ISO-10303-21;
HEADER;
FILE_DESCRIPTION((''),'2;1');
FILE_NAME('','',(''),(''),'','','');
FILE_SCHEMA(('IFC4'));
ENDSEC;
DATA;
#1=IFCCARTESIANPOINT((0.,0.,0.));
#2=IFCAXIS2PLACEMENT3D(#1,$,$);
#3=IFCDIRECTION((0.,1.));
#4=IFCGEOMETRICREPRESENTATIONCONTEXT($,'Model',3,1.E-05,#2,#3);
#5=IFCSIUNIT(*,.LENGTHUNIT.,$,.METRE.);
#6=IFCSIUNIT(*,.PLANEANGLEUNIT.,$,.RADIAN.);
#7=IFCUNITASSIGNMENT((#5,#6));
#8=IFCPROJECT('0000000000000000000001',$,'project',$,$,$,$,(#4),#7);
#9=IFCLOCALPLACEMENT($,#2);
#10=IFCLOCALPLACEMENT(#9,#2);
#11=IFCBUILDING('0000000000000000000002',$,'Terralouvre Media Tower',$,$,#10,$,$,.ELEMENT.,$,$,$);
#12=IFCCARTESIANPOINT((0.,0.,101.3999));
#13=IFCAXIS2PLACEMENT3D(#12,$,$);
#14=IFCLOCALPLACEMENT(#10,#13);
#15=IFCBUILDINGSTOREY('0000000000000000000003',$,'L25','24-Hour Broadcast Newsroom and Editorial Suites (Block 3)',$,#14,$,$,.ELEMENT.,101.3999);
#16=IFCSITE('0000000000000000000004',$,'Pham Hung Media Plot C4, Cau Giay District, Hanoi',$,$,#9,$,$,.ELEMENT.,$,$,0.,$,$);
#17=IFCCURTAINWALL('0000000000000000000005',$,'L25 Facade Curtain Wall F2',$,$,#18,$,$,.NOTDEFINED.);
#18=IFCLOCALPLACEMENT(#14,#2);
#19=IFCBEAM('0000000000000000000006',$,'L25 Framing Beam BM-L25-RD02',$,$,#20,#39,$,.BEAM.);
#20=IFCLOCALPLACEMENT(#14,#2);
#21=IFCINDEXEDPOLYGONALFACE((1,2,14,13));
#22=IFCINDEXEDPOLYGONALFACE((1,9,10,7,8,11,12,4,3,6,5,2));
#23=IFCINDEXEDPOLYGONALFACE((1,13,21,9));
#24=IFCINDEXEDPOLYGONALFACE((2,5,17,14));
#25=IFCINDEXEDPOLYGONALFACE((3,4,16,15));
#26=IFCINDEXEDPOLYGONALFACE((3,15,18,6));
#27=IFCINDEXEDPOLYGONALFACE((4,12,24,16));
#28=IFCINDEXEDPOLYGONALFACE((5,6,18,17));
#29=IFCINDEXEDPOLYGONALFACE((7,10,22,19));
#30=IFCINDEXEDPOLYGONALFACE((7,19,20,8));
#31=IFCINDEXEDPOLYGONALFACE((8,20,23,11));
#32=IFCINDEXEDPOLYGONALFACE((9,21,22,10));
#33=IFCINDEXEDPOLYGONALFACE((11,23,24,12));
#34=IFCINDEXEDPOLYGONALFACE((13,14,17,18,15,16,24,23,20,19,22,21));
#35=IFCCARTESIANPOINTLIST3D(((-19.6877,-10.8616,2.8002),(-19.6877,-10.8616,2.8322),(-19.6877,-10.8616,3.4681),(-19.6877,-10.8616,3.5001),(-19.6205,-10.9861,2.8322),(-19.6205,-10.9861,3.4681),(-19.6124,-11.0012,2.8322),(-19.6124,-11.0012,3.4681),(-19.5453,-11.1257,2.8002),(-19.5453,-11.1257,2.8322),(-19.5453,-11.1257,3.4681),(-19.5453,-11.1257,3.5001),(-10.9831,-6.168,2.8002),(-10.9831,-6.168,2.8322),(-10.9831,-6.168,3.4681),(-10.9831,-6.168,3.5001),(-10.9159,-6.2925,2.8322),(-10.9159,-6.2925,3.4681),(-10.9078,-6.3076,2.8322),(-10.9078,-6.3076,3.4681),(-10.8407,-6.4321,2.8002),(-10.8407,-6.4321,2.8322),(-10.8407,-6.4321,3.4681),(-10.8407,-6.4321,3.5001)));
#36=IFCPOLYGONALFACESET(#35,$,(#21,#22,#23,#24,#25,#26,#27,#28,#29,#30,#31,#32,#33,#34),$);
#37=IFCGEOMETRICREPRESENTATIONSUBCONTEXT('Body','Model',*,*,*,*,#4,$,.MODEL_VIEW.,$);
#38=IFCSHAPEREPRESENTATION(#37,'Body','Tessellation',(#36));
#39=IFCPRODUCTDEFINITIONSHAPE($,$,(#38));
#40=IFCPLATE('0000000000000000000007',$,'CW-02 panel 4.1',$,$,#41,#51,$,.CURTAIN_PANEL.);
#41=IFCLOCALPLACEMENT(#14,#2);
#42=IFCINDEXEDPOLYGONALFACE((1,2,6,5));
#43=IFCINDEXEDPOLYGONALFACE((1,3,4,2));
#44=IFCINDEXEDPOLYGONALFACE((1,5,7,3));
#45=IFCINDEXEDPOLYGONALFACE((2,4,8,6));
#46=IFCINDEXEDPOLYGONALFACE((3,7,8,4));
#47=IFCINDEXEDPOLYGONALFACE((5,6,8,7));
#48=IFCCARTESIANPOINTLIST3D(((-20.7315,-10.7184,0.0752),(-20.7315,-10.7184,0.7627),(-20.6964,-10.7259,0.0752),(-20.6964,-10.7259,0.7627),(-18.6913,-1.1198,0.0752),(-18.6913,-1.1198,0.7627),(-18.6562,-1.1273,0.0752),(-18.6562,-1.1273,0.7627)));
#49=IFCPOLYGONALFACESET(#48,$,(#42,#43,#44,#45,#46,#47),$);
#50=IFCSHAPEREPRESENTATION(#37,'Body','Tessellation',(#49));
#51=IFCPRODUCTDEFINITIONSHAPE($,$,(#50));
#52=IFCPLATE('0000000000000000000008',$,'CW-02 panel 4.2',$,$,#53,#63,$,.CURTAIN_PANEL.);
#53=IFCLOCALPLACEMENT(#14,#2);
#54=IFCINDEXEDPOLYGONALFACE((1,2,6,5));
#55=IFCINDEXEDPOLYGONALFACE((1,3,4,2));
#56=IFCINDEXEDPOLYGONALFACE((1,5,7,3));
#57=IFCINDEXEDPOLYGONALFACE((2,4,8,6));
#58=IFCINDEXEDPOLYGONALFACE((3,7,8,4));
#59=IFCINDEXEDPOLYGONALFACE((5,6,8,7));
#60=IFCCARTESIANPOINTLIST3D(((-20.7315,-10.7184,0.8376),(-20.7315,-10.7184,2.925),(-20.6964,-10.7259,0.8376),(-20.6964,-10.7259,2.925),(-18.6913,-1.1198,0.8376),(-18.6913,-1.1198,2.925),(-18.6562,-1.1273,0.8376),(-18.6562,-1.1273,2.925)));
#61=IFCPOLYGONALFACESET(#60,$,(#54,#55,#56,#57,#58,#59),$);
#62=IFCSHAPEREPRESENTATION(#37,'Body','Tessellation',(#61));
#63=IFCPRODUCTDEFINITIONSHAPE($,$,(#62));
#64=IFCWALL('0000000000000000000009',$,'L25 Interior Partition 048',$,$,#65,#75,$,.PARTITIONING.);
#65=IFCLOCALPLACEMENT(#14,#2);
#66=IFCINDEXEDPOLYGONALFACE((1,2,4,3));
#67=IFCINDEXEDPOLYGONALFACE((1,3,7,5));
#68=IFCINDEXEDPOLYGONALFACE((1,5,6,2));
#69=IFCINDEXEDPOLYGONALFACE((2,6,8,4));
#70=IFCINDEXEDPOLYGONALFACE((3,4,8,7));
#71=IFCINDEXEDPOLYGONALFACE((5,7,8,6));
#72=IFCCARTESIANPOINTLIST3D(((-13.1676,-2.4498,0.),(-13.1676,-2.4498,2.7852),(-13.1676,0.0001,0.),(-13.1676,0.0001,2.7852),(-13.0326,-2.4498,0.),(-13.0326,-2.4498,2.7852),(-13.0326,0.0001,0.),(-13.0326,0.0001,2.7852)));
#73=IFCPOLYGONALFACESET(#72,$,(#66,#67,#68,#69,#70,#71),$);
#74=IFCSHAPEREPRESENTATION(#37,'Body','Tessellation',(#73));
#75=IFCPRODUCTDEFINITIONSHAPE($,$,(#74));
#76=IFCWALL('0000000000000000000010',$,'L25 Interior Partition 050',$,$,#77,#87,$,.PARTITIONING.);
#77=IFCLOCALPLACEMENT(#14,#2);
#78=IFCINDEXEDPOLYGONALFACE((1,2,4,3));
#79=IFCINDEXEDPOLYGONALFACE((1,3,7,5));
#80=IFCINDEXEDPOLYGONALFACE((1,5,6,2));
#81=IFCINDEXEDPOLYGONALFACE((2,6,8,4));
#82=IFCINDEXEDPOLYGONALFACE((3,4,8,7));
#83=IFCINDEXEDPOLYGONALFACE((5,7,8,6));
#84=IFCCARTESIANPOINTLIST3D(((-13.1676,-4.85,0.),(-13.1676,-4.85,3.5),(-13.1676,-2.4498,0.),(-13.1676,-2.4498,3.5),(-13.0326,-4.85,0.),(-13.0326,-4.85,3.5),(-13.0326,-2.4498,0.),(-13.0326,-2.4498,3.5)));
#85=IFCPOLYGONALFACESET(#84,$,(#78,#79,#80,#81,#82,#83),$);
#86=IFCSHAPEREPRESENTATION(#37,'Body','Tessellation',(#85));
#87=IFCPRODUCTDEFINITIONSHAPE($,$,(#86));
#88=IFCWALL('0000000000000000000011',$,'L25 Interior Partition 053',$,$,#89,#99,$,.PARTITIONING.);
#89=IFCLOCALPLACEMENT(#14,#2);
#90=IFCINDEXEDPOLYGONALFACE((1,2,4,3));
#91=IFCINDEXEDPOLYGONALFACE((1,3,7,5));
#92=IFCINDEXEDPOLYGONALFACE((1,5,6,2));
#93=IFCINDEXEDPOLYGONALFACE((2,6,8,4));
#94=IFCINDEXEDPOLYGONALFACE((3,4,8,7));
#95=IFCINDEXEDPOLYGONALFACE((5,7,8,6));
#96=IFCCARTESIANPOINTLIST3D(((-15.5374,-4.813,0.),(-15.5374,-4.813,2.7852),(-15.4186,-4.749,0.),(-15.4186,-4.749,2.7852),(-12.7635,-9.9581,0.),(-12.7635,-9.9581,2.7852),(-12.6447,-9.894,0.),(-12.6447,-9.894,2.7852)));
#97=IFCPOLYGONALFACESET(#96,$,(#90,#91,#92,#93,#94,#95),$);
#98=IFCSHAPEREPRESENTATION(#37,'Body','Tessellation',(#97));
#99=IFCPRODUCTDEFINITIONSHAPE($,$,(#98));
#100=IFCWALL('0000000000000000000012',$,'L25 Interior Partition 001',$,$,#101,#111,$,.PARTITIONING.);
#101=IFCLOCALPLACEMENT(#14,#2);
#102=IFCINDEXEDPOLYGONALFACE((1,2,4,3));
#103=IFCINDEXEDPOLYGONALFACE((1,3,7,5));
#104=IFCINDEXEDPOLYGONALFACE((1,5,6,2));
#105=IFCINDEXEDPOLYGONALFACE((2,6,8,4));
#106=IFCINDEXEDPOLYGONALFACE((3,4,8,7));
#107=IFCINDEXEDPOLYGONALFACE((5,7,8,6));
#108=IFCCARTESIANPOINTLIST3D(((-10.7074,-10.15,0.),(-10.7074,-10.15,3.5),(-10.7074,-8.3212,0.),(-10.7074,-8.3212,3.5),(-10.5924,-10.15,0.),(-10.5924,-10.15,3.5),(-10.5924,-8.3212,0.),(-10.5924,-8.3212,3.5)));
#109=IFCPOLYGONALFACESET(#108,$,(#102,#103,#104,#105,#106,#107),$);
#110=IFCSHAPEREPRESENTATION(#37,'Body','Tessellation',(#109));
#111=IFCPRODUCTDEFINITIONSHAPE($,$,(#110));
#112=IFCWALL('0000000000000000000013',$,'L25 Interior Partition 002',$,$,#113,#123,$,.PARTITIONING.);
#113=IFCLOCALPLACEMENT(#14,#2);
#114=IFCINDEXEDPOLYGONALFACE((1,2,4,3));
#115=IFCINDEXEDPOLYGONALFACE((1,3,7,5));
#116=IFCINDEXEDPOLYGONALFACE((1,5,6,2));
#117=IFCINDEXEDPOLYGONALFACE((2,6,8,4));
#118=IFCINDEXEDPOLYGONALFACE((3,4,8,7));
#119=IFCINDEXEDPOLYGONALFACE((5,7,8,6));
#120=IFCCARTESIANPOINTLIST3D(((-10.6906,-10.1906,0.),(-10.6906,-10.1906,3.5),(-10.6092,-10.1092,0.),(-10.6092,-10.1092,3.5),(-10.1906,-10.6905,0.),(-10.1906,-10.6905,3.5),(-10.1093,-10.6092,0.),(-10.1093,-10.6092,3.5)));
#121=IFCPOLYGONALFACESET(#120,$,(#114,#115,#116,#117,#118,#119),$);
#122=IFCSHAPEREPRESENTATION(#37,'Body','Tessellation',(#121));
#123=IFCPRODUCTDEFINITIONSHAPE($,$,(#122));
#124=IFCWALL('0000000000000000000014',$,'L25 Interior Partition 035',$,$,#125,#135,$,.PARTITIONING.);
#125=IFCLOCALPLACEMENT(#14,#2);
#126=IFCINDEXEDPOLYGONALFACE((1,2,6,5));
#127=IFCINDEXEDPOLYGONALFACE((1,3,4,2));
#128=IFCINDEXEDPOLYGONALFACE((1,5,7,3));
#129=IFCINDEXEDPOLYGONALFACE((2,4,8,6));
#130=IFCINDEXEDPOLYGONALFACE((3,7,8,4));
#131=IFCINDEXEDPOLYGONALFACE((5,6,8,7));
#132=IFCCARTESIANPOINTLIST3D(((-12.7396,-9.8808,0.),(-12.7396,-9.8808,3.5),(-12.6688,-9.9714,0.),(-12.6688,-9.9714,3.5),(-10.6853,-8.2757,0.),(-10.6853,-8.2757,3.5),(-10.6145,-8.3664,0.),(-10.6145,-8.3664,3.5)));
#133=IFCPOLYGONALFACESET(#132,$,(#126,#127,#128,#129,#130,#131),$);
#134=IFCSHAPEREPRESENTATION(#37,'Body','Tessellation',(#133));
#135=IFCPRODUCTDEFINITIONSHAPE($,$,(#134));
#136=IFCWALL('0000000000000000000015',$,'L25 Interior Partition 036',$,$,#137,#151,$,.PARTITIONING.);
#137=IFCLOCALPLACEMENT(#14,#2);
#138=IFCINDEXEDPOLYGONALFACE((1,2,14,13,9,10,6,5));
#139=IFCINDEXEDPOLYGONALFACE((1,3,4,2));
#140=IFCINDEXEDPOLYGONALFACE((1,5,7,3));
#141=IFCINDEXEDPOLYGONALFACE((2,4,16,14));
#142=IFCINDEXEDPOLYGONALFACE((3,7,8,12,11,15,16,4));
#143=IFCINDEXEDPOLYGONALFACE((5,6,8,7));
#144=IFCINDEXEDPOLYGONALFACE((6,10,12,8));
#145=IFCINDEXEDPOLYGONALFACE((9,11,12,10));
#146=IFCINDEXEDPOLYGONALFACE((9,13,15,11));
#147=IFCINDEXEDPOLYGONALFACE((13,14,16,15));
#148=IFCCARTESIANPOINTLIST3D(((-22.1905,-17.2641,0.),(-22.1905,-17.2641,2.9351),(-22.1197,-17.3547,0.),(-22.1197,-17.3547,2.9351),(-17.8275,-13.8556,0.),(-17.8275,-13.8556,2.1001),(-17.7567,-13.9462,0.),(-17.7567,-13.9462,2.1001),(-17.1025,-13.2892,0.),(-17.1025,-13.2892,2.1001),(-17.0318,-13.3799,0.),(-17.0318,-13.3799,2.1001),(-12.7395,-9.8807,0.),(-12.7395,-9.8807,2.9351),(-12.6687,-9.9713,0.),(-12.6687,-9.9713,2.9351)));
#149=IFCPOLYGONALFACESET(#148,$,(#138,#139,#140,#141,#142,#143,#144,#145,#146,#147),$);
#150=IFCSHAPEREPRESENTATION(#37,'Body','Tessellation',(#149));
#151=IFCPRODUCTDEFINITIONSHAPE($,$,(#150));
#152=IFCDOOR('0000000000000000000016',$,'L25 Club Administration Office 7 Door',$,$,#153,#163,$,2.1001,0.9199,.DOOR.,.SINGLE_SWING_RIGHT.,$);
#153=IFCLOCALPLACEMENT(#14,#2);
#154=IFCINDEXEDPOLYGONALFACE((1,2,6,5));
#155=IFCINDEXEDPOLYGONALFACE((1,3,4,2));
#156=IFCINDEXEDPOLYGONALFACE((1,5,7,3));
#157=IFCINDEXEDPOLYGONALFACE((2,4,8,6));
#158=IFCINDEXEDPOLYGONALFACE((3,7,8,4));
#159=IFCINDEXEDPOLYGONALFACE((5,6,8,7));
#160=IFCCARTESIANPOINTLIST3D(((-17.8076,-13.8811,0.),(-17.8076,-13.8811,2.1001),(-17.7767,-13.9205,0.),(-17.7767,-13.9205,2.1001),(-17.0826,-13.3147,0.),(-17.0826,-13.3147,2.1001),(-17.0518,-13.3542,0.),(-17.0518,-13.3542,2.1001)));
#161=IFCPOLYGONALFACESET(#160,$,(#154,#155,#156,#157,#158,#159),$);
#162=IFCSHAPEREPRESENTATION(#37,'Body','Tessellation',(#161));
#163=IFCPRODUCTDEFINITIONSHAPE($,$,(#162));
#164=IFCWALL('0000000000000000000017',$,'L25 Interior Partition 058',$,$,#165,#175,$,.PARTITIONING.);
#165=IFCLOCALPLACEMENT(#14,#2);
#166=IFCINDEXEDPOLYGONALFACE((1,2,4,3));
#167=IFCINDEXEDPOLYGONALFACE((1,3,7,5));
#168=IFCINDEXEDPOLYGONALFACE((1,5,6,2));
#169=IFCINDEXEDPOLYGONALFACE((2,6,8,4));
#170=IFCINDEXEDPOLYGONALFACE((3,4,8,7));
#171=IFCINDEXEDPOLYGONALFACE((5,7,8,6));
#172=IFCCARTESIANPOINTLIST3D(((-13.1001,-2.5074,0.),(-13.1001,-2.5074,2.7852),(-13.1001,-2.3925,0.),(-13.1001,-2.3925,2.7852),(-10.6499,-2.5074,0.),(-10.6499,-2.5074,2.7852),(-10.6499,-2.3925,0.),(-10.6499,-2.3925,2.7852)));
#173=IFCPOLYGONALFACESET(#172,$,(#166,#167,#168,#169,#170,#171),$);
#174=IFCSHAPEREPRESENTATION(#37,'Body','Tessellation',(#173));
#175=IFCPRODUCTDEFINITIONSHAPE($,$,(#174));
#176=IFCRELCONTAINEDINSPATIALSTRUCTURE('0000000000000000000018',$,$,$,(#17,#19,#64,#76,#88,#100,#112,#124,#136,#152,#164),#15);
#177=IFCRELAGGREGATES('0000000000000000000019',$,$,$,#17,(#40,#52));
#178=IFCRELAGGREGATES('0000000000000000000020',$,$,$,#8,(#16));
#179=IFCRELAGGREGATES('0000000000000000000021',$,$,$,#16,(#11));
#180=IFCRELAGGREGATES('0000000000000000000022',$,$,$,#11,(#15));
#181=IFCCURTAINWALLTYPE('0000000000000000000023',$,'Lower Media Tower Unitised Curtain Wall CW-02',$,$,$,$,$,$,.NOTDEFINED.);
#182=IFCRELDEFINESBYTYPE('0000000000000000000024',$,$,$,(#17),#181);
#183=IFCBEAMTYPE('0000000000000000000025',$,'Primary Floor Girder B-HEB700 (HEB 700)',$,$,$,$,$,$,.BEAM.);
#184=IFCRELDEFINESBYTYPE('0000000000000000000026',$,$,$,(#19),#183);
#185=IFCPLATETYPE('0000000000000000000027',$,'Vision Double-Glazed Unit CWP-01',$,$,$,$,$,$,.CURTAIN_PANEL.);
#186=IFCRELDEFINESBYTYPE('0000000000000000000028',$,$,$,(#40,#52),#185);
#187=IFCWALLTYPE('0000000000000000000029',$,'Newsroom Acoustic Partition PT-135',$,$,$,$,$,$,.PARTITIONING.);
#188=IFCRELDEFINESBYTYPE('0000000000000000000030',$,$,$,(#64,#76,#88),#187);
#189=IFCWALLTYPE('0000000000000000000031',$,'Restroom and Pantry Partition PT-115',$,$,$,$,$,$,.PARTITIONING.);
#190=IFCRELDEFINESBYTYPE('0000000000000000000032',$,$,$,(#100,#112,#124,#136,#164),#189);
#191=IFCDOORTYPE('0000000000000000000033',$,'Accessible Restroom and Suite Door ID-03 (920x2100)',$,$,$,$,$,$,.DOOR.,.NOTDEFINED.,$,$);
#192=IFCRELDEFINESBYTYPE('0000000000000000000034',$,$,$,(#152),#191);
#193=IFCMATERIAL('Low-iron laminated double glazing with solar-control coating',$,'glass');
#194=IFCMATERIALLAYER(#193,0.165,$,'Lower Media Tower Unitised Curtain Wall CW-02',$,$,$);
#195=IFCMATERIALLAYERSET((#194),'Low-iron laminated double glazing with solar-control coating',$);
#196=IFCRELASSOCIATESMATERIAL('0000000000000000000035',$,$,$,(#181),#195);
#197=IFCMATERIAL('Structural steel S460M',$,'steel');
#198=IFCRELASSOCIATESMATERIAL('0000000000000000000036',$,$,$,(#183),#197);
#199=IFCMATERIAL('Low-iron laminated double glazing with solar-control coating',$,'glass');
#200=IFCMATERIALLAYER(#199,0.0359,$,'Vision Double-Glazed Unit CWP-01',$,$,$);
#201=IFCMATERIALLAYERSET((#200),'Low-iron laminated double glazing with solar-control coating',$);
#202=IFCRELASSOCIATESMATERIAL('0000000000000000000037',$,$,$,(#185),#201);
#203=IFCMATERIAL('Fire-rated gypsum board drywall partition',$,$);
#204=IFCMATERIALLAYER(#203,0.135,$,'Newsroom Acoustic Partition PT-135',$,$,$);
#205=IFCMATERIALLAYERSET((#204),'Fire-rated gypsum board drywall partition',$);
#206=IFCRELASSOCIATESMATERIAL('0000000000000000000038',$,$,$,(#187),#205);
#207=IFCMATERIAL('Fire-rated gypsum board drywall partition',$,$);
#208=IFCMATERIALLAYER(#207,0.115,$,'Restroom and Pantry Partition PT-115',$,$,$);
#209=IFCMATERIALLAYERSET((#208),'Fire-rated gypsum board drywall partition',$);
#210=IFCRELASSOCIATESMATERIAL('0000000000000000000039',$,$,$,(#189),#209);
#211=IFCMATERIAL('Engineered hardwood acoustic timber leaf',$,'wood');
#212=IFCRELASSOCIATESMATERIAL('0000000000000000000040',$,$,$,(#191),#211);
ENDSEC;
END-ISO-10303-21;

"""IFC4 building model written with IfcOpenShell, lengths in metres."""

from ifc_helpers import new_model, si_unit, direction, frame, frame_2d, origin, origin_2d, place, context, subcontext, project, spatial, rectangle, i_section, extrude, material, layer, layer_set, material_profile, profile_set, type_object, element, fill, aggregate, save


model = new_model("IFC4")

# Units and contexts
model_context = context("Model", 3, precision=1e-05, world=origin(), true_north=direction((0.0, 1.0)))
body_context = subcontext(model_context, "Body", "Model", "MODEL_VIEW")
ifc_project = project(units=[si_unit("LENGTHUNIT", "METRE"), si_unit("PLANEANGLEUNIT", "RADIAN")], contexts=[model_context])

# Site, building, storey
site_placement = place(None, origin())
site = spatial("IfcSite", under=ifc_project, at=site_placement, Name="Pham Hung Media Plot C4, Cau Giay District, Hanoi", CompositionType="ELEMENT", RefElevation=0.0)
building_placement = place(site_placement, origin())
building = spatial("IfcBuilding", under=site, at=building_placement, Name="Terralouvre Media Tower", CompositionType="ELEMENT")
storey_placement = place(building_placement, frame((0.0, 0.0, 101.3999)))
storey = spatial("IfcBuildingStorey", under=building, at=storey_placement, Name="L25", Description="24-Hour Broadcast Newsroom and Editorial Suites (Block 3)", CompositionType="ELEMENT", Elevation=101.3999)

# Curtain wall
ifc_material_1 = material(Name="Low-iron laminated double glazing with solar-control coating", Category="glass")
ifc_layer_1 = layer(ifc_material_1, 0.165, Name="Lower Media Tower Unitised Curtain Wall CW-02")
ifc_layer_set_1 = layer_set([ifc_layer_1], Name="Low-iron laminated double glazing with solar-control coating")
curtain_wall_type = type_object("IfcCurtainWallType", Name="Lower Media Tower Unitised Curtain Wall CW-02", PredefinedType="NOTDEFINED", material=ifc_layer_set_1)
curtain_wall_placement = place(storey_placement, origin())
curtain_wall = element("IfcCurtainWall", 1, at=curtain_wall_placement, inside=storey, type_object=curtain_wall_type, Name="L25 Facade Curtain Wall F2", PredefinedType="NOTDEFINED")

# Beam
ifc_material_2 = material(Name="Structural steel S460M", Category="steel")
ifc_material_profile_1 = material_profile(ifc_material_2, i_section(OverallWidth=0.3, OverallDepth=0.7, WebThickness=0.0171, FlangeThickness=0.032, at=origin_2d()), Name="HEB 700")
ifc_profile_set_1 = profile_set([ifc_material_profile_1], Name="Structural steel S460M")
beam_type_1 = type_object("IfcBeamType", Name="Primary Floor Girder B-HEB700 (HEB 700)", PredefinedType="BEAM", material=ifc_profile_set_1)
beam_1_placement = place(storey_placement, frame((-10.9119, -6.3, 3.1501), z_axis=(-0.880196, -0.474611, 0.0), x_axis=(0.474611, -0.880196, 0.0)))
element("IfcBeam", 2, at=beam_1_placement, inside=storey, type_object=beam_type_1, Name="L25 Framing Beam BM-L25-RD02", PredefinedType="BEAM", context=body_context, shape_type="SweptSolid", body=[
    extrude(i_section(OverallWidth=0.3, OverallDepth=0.7, WebThickness=0.0171, FlangeThickness=0.032, at=origin_2d()), origin(), (0.0, 0.0, 1.0), 9.8894),
])

# Plates
ifc_material_3 = material(Name="Low-iron laminated double glazing with solar-control coating", Category="glass")
ifc_layer_2 = layer(ifc_material_3, 0.0359, Name="Vision Double-Glazed Unit CWP-01")
ifc_layer_set_2 = layer_set([ifc_layer_2], Name="Low-iron laminated double glazing with solar-control coating")
plate_type = type_object("IfcPlateType", Name="Vision Double-Glazed Unit CWP-01", PredefinedType="CURTAIN_PANEL", material=ifc_layer_set_2)
plate_1_placement = place(storey_placement, frame((-19.6938, -5.9229, 0.0752), z_axis=(0.0, 0.0, 1.0), x_axis=(-0.207912, -0.978148, 0.0)))
plate_1 = element("IfcPlate", 3, at=plate_1_placement, type_object=plate_type, Name="CW-02 panel 4.1", PredefinedType="CURTAIN_PANEL", context=body_context, shape_type="SweptSolid", body=[
    extrude(rectangle(XDim=9.813, YDim=0.0359, at=origin_2d()), origin(), (0.0, 0.0, 1.0), 0.6875),
])
plate_2_placement = place(storey_placement, frame((-19.6938, -5.9229, 0.8376), z_axis=(0.0, 0.0, 1.0), x_axis=(-0.207912, -0.978148, 0.0)))
plate_2 = element("IfcPlate", 4, at=plate_2_placement, type_object=plate_type, Name="CW-02 panel 4.2", PredefinedType="CURTAIN_PANEL", context=body_context, shape_type="SweptSolid", body=[
    extrude(rectangle(XDim=9.813, YDim=0.0359, at=origin_2d()), origin(), (0.0, 0.0, 1.0), 2.0874),
])
aggregate(curtain_wall, [plate_1, plate_2])

# Walls
ifc_material_4 = material(Name="Fire-rated gypsum board drywall partition")
ifc_layer_3 = layer(ifc_material_4, 0.135, Name="Newsroom Acoustic Partition PT-135")
ifc_layer_set_3 = layer_set([ifc_layer_3], Name="Fire-rated gypsum board drywall partition")
wall_type_1 = type_object("IfcWallType", Name="Newsroom Acoustic Partition PT-135", PredefinedType="PARTITIONING", material=ifc_layer_set_3)
wall_1_placement = place(storey_placement, frame((-13.1001, -2.45, 0.0), z_axis=(0.0, 0.0, 1.0), x_axis=(0.0, 1.0, 0.0)))
element("IfcWall", 5, at=wall_1_placement, inside=storey, type_object=wall_type_1, Name="L25 Interior Partition 048", PredefinedType="PARTITIONING", context=body_context, shape_type="SweptSolid", body=[
    extrude(rectangle(XDim=2.45, YDim=0.135, at=frame_2d((1.2251, 0.0))), origin(), (0.0, 0.0, 1.0), 2.7852),
])
wall_2_placement = place(storey_placement, frame((-13.1001, -4.8501, 0.0), z_axis=(0.0, 0.0, 1.0), x_axis=(0.0, 1.0, 0.0)))
element("IfcWall", 6, at=wall_2_placement, inside=storey, type_object=wall_type_1, Name="L25 Interior Partition 050", PredefinedType="PARTITIONING", context=body_context, shape_type="SweptSolid", body=[
    extrude(rectangle(XDim=2.4001, YDim=0.135, at=frame_2d((1.2002, 0.0))), origin(), (0.0, 0.0, 1.0), 3.5),
])
wall_3_placement = place(storey_placement, frame((-15.478, -4.781, 0.0), z_axis=(0.0, 0.0, 1.0), x_axis=(0.474568, -0.880219, 0.0)))
element("IfcWall", 7, at=wall_3_placement, inside=storey, type_object=wall_type_1, Name="L25 Interior Partition 053", PredefinedType="PARTITIONING", context=body_context, shape_type="SweptSolid", body=[
    extrude(rectangle(XDim=5.8452, YDim=0.135, at=frame_2d((2.9226, 0.0))), origin(), (0.0, 0.0, 1.0), 2.7852),
])
ifc_material_5 = material(Name="Fire-rated gypsum board drywall partition")
ifc_layer_4 = layer(ifc_material_5, 0.115, Name="Restroom and Pantry Partition PT-115")
ifc_layer_set_4 = layer_set([ifc_layer_4], Name="Fire-rated gypsum board drywall partition")
wall_type_2 = type_object("IfcWallType", Name="Restroom and Pantry Partition PT-115", PredefinedType="PARTITIONING", material=ifc_layer_set_4)
wall_4_placement = place(storey_placement, frame((-10.6499, -8.321, 0.0), z_axis=(0.0, 0.0, 1.0), x_axis=(0.0, -1.0, 0.0)))
element("IfcWall", 8, at=wall_4_placement, inside=storey, type_object=wall_type_2, Name="L25 Interior Partition 001", PredefinedType="PARTITIONING", context=body_context, shape_type="SweptSolid", body=[
    extrude(rectangle(XDim=1.8289, YDim=0.115, at=frame_2d((0.9146, 0.0))), origin(), (0.0, 0.0, 1.0), 3.5),
])
wall_5_placement = place(storey_placement, frame((-10.6499, -10.1499, 0.0), z_axis=(0.0, 0.0, 1.0), x_axis=(0.707107, -0.707107, 0.0)))
element("IfcWall", 9, at=wall_5_placement, inside=storey, type_object=wall_type_2, Name="L25 Interior Partition 002", PredefinedType="PARTITIONING", context=body_context, shape_type="SweptSolid", body=[
    extrude(rectangle(XDim=0.707, YDim=0.115, at=frame_2d((0.3535, 0.0))), origin(), (0.0, 0.0, 1.0), 3.5),
])
wall_6_placement = place(storey_placement, frame((-10.6499, -8.321, 0.0), z_axis=(0.0, 0.0, 1.0), x_axis=(-0.787999, -0.615677, 0.0)))
element("IfcWall", 10, at=wall_6_placement, inside=storey, type_object=wall_type_2, Name="L25 Interior Partition 035", PredefinedType="PARTITIONING", context=body_context, shape_type="SweptSolid", body=[
    extrude(rectangle(XDim=2.6069, YDim=0.115, at=frame_2d((1.3035, 0.0))), origin(), (0.0, 0.0, 1.0), 3.5),
])

# Wall, opening, door
wall_7_placement = place(storey_placement, frame((-12.7041, -9.926, 0.0), z_axis=(0.0, 0.0, 1.0), x_axis=(-0.788034, -0.615632, 0.0)))
wall_7 = element("IfcWall", 11, at=wall_7_placement, inside=storey, type_object=wall_type_2, Name="L25 Interior Partition 036", PredefinedType="PARTITIONING", context=body_context, shape_type="SweptSolid", body=[
    extrude(rectangle(XDim=11.9932, YDim=0.115, at=frame_2d((5.9966, 0.0))), origin(), (0.0, 0.0, 1.0), 2.9351),
])
opening_placement = place(wall_7_placement, frame((5.5366, 0.0, 0.0)))
opening = element("IfcOpeningElement", 12, at=opening_placement, cuts=wall_7, PredefinedType="OPENING", context=body_context, shape_type="SweptSolid", body=[
    extrude(rectangle(XDim=0.9199, YDim=2.1001, at=frame_2d((0.46, 1.05))), frame((0.0, 0.0674, 0.0), z_axis=(0.0, -1.0, 0.0), x_axis=(1.0, 0.0, 0.0)), (0.0, 0.0, 1.0), 0.135),
])
ifc_material_6 = material(Name="Engineered hardwood acoustic timber leaf", Category="wood")
door_type = type_object("IfcDoorType", Name="Accessible Restroom and Suite Door ID-03 (920x2100)", OperationType="NOTDEFINED", PredefinedType="DOOR", material=ifc_material_6)
door_placement = place(opening_placement, origin())
door = element("IfcDoor", 13, at=door_placement, inside=storey, type_object=door_type, Name="L25 Club Administration Office 7 Door", OperationType="SINGLE_SWING_RIGHT", OverallHeight=2.1001, OverallWidth=0.9199, PredefinedType="DOOR", context=body_context, shape_type="SweptSolid", body=[
    extrude(rectangle(XDim=0.9199, YDim=2.1001, at=frame_2d((0.46, 1.05))), frame((0.0, 0.0249, 0.0), z_axis=(0.0, -1.0, 0.0), x_axis=(1.0, 0.0, 0.0)), (0.0, 0.0, 1.0), 0.05),
])
fill(opening, door)

# Wall
wall_8_placement = place(storey_placement, frame((-13.1001, -2.45, 0.0), z_axis=(0.0, 0.0, 1.0), x_axis=(1.0, 0.0, 0.0)))
element("IfcWall", 14, at=wall_8_placement, inside=storey, type_object=wall_type_2, Name="L25 Interior Partition 058", PredefinedType="PARTITIONING", context=body_context, shape_type="SweptSolid", body=[
    extrude(rectangle(XDim=2.4502, YDim=0.115, at=frame_2d((1.2251, 0.0))), origin(), (0.0, 0.0, 1.0), 2.7852),
])

save(model, "model.ifc")
